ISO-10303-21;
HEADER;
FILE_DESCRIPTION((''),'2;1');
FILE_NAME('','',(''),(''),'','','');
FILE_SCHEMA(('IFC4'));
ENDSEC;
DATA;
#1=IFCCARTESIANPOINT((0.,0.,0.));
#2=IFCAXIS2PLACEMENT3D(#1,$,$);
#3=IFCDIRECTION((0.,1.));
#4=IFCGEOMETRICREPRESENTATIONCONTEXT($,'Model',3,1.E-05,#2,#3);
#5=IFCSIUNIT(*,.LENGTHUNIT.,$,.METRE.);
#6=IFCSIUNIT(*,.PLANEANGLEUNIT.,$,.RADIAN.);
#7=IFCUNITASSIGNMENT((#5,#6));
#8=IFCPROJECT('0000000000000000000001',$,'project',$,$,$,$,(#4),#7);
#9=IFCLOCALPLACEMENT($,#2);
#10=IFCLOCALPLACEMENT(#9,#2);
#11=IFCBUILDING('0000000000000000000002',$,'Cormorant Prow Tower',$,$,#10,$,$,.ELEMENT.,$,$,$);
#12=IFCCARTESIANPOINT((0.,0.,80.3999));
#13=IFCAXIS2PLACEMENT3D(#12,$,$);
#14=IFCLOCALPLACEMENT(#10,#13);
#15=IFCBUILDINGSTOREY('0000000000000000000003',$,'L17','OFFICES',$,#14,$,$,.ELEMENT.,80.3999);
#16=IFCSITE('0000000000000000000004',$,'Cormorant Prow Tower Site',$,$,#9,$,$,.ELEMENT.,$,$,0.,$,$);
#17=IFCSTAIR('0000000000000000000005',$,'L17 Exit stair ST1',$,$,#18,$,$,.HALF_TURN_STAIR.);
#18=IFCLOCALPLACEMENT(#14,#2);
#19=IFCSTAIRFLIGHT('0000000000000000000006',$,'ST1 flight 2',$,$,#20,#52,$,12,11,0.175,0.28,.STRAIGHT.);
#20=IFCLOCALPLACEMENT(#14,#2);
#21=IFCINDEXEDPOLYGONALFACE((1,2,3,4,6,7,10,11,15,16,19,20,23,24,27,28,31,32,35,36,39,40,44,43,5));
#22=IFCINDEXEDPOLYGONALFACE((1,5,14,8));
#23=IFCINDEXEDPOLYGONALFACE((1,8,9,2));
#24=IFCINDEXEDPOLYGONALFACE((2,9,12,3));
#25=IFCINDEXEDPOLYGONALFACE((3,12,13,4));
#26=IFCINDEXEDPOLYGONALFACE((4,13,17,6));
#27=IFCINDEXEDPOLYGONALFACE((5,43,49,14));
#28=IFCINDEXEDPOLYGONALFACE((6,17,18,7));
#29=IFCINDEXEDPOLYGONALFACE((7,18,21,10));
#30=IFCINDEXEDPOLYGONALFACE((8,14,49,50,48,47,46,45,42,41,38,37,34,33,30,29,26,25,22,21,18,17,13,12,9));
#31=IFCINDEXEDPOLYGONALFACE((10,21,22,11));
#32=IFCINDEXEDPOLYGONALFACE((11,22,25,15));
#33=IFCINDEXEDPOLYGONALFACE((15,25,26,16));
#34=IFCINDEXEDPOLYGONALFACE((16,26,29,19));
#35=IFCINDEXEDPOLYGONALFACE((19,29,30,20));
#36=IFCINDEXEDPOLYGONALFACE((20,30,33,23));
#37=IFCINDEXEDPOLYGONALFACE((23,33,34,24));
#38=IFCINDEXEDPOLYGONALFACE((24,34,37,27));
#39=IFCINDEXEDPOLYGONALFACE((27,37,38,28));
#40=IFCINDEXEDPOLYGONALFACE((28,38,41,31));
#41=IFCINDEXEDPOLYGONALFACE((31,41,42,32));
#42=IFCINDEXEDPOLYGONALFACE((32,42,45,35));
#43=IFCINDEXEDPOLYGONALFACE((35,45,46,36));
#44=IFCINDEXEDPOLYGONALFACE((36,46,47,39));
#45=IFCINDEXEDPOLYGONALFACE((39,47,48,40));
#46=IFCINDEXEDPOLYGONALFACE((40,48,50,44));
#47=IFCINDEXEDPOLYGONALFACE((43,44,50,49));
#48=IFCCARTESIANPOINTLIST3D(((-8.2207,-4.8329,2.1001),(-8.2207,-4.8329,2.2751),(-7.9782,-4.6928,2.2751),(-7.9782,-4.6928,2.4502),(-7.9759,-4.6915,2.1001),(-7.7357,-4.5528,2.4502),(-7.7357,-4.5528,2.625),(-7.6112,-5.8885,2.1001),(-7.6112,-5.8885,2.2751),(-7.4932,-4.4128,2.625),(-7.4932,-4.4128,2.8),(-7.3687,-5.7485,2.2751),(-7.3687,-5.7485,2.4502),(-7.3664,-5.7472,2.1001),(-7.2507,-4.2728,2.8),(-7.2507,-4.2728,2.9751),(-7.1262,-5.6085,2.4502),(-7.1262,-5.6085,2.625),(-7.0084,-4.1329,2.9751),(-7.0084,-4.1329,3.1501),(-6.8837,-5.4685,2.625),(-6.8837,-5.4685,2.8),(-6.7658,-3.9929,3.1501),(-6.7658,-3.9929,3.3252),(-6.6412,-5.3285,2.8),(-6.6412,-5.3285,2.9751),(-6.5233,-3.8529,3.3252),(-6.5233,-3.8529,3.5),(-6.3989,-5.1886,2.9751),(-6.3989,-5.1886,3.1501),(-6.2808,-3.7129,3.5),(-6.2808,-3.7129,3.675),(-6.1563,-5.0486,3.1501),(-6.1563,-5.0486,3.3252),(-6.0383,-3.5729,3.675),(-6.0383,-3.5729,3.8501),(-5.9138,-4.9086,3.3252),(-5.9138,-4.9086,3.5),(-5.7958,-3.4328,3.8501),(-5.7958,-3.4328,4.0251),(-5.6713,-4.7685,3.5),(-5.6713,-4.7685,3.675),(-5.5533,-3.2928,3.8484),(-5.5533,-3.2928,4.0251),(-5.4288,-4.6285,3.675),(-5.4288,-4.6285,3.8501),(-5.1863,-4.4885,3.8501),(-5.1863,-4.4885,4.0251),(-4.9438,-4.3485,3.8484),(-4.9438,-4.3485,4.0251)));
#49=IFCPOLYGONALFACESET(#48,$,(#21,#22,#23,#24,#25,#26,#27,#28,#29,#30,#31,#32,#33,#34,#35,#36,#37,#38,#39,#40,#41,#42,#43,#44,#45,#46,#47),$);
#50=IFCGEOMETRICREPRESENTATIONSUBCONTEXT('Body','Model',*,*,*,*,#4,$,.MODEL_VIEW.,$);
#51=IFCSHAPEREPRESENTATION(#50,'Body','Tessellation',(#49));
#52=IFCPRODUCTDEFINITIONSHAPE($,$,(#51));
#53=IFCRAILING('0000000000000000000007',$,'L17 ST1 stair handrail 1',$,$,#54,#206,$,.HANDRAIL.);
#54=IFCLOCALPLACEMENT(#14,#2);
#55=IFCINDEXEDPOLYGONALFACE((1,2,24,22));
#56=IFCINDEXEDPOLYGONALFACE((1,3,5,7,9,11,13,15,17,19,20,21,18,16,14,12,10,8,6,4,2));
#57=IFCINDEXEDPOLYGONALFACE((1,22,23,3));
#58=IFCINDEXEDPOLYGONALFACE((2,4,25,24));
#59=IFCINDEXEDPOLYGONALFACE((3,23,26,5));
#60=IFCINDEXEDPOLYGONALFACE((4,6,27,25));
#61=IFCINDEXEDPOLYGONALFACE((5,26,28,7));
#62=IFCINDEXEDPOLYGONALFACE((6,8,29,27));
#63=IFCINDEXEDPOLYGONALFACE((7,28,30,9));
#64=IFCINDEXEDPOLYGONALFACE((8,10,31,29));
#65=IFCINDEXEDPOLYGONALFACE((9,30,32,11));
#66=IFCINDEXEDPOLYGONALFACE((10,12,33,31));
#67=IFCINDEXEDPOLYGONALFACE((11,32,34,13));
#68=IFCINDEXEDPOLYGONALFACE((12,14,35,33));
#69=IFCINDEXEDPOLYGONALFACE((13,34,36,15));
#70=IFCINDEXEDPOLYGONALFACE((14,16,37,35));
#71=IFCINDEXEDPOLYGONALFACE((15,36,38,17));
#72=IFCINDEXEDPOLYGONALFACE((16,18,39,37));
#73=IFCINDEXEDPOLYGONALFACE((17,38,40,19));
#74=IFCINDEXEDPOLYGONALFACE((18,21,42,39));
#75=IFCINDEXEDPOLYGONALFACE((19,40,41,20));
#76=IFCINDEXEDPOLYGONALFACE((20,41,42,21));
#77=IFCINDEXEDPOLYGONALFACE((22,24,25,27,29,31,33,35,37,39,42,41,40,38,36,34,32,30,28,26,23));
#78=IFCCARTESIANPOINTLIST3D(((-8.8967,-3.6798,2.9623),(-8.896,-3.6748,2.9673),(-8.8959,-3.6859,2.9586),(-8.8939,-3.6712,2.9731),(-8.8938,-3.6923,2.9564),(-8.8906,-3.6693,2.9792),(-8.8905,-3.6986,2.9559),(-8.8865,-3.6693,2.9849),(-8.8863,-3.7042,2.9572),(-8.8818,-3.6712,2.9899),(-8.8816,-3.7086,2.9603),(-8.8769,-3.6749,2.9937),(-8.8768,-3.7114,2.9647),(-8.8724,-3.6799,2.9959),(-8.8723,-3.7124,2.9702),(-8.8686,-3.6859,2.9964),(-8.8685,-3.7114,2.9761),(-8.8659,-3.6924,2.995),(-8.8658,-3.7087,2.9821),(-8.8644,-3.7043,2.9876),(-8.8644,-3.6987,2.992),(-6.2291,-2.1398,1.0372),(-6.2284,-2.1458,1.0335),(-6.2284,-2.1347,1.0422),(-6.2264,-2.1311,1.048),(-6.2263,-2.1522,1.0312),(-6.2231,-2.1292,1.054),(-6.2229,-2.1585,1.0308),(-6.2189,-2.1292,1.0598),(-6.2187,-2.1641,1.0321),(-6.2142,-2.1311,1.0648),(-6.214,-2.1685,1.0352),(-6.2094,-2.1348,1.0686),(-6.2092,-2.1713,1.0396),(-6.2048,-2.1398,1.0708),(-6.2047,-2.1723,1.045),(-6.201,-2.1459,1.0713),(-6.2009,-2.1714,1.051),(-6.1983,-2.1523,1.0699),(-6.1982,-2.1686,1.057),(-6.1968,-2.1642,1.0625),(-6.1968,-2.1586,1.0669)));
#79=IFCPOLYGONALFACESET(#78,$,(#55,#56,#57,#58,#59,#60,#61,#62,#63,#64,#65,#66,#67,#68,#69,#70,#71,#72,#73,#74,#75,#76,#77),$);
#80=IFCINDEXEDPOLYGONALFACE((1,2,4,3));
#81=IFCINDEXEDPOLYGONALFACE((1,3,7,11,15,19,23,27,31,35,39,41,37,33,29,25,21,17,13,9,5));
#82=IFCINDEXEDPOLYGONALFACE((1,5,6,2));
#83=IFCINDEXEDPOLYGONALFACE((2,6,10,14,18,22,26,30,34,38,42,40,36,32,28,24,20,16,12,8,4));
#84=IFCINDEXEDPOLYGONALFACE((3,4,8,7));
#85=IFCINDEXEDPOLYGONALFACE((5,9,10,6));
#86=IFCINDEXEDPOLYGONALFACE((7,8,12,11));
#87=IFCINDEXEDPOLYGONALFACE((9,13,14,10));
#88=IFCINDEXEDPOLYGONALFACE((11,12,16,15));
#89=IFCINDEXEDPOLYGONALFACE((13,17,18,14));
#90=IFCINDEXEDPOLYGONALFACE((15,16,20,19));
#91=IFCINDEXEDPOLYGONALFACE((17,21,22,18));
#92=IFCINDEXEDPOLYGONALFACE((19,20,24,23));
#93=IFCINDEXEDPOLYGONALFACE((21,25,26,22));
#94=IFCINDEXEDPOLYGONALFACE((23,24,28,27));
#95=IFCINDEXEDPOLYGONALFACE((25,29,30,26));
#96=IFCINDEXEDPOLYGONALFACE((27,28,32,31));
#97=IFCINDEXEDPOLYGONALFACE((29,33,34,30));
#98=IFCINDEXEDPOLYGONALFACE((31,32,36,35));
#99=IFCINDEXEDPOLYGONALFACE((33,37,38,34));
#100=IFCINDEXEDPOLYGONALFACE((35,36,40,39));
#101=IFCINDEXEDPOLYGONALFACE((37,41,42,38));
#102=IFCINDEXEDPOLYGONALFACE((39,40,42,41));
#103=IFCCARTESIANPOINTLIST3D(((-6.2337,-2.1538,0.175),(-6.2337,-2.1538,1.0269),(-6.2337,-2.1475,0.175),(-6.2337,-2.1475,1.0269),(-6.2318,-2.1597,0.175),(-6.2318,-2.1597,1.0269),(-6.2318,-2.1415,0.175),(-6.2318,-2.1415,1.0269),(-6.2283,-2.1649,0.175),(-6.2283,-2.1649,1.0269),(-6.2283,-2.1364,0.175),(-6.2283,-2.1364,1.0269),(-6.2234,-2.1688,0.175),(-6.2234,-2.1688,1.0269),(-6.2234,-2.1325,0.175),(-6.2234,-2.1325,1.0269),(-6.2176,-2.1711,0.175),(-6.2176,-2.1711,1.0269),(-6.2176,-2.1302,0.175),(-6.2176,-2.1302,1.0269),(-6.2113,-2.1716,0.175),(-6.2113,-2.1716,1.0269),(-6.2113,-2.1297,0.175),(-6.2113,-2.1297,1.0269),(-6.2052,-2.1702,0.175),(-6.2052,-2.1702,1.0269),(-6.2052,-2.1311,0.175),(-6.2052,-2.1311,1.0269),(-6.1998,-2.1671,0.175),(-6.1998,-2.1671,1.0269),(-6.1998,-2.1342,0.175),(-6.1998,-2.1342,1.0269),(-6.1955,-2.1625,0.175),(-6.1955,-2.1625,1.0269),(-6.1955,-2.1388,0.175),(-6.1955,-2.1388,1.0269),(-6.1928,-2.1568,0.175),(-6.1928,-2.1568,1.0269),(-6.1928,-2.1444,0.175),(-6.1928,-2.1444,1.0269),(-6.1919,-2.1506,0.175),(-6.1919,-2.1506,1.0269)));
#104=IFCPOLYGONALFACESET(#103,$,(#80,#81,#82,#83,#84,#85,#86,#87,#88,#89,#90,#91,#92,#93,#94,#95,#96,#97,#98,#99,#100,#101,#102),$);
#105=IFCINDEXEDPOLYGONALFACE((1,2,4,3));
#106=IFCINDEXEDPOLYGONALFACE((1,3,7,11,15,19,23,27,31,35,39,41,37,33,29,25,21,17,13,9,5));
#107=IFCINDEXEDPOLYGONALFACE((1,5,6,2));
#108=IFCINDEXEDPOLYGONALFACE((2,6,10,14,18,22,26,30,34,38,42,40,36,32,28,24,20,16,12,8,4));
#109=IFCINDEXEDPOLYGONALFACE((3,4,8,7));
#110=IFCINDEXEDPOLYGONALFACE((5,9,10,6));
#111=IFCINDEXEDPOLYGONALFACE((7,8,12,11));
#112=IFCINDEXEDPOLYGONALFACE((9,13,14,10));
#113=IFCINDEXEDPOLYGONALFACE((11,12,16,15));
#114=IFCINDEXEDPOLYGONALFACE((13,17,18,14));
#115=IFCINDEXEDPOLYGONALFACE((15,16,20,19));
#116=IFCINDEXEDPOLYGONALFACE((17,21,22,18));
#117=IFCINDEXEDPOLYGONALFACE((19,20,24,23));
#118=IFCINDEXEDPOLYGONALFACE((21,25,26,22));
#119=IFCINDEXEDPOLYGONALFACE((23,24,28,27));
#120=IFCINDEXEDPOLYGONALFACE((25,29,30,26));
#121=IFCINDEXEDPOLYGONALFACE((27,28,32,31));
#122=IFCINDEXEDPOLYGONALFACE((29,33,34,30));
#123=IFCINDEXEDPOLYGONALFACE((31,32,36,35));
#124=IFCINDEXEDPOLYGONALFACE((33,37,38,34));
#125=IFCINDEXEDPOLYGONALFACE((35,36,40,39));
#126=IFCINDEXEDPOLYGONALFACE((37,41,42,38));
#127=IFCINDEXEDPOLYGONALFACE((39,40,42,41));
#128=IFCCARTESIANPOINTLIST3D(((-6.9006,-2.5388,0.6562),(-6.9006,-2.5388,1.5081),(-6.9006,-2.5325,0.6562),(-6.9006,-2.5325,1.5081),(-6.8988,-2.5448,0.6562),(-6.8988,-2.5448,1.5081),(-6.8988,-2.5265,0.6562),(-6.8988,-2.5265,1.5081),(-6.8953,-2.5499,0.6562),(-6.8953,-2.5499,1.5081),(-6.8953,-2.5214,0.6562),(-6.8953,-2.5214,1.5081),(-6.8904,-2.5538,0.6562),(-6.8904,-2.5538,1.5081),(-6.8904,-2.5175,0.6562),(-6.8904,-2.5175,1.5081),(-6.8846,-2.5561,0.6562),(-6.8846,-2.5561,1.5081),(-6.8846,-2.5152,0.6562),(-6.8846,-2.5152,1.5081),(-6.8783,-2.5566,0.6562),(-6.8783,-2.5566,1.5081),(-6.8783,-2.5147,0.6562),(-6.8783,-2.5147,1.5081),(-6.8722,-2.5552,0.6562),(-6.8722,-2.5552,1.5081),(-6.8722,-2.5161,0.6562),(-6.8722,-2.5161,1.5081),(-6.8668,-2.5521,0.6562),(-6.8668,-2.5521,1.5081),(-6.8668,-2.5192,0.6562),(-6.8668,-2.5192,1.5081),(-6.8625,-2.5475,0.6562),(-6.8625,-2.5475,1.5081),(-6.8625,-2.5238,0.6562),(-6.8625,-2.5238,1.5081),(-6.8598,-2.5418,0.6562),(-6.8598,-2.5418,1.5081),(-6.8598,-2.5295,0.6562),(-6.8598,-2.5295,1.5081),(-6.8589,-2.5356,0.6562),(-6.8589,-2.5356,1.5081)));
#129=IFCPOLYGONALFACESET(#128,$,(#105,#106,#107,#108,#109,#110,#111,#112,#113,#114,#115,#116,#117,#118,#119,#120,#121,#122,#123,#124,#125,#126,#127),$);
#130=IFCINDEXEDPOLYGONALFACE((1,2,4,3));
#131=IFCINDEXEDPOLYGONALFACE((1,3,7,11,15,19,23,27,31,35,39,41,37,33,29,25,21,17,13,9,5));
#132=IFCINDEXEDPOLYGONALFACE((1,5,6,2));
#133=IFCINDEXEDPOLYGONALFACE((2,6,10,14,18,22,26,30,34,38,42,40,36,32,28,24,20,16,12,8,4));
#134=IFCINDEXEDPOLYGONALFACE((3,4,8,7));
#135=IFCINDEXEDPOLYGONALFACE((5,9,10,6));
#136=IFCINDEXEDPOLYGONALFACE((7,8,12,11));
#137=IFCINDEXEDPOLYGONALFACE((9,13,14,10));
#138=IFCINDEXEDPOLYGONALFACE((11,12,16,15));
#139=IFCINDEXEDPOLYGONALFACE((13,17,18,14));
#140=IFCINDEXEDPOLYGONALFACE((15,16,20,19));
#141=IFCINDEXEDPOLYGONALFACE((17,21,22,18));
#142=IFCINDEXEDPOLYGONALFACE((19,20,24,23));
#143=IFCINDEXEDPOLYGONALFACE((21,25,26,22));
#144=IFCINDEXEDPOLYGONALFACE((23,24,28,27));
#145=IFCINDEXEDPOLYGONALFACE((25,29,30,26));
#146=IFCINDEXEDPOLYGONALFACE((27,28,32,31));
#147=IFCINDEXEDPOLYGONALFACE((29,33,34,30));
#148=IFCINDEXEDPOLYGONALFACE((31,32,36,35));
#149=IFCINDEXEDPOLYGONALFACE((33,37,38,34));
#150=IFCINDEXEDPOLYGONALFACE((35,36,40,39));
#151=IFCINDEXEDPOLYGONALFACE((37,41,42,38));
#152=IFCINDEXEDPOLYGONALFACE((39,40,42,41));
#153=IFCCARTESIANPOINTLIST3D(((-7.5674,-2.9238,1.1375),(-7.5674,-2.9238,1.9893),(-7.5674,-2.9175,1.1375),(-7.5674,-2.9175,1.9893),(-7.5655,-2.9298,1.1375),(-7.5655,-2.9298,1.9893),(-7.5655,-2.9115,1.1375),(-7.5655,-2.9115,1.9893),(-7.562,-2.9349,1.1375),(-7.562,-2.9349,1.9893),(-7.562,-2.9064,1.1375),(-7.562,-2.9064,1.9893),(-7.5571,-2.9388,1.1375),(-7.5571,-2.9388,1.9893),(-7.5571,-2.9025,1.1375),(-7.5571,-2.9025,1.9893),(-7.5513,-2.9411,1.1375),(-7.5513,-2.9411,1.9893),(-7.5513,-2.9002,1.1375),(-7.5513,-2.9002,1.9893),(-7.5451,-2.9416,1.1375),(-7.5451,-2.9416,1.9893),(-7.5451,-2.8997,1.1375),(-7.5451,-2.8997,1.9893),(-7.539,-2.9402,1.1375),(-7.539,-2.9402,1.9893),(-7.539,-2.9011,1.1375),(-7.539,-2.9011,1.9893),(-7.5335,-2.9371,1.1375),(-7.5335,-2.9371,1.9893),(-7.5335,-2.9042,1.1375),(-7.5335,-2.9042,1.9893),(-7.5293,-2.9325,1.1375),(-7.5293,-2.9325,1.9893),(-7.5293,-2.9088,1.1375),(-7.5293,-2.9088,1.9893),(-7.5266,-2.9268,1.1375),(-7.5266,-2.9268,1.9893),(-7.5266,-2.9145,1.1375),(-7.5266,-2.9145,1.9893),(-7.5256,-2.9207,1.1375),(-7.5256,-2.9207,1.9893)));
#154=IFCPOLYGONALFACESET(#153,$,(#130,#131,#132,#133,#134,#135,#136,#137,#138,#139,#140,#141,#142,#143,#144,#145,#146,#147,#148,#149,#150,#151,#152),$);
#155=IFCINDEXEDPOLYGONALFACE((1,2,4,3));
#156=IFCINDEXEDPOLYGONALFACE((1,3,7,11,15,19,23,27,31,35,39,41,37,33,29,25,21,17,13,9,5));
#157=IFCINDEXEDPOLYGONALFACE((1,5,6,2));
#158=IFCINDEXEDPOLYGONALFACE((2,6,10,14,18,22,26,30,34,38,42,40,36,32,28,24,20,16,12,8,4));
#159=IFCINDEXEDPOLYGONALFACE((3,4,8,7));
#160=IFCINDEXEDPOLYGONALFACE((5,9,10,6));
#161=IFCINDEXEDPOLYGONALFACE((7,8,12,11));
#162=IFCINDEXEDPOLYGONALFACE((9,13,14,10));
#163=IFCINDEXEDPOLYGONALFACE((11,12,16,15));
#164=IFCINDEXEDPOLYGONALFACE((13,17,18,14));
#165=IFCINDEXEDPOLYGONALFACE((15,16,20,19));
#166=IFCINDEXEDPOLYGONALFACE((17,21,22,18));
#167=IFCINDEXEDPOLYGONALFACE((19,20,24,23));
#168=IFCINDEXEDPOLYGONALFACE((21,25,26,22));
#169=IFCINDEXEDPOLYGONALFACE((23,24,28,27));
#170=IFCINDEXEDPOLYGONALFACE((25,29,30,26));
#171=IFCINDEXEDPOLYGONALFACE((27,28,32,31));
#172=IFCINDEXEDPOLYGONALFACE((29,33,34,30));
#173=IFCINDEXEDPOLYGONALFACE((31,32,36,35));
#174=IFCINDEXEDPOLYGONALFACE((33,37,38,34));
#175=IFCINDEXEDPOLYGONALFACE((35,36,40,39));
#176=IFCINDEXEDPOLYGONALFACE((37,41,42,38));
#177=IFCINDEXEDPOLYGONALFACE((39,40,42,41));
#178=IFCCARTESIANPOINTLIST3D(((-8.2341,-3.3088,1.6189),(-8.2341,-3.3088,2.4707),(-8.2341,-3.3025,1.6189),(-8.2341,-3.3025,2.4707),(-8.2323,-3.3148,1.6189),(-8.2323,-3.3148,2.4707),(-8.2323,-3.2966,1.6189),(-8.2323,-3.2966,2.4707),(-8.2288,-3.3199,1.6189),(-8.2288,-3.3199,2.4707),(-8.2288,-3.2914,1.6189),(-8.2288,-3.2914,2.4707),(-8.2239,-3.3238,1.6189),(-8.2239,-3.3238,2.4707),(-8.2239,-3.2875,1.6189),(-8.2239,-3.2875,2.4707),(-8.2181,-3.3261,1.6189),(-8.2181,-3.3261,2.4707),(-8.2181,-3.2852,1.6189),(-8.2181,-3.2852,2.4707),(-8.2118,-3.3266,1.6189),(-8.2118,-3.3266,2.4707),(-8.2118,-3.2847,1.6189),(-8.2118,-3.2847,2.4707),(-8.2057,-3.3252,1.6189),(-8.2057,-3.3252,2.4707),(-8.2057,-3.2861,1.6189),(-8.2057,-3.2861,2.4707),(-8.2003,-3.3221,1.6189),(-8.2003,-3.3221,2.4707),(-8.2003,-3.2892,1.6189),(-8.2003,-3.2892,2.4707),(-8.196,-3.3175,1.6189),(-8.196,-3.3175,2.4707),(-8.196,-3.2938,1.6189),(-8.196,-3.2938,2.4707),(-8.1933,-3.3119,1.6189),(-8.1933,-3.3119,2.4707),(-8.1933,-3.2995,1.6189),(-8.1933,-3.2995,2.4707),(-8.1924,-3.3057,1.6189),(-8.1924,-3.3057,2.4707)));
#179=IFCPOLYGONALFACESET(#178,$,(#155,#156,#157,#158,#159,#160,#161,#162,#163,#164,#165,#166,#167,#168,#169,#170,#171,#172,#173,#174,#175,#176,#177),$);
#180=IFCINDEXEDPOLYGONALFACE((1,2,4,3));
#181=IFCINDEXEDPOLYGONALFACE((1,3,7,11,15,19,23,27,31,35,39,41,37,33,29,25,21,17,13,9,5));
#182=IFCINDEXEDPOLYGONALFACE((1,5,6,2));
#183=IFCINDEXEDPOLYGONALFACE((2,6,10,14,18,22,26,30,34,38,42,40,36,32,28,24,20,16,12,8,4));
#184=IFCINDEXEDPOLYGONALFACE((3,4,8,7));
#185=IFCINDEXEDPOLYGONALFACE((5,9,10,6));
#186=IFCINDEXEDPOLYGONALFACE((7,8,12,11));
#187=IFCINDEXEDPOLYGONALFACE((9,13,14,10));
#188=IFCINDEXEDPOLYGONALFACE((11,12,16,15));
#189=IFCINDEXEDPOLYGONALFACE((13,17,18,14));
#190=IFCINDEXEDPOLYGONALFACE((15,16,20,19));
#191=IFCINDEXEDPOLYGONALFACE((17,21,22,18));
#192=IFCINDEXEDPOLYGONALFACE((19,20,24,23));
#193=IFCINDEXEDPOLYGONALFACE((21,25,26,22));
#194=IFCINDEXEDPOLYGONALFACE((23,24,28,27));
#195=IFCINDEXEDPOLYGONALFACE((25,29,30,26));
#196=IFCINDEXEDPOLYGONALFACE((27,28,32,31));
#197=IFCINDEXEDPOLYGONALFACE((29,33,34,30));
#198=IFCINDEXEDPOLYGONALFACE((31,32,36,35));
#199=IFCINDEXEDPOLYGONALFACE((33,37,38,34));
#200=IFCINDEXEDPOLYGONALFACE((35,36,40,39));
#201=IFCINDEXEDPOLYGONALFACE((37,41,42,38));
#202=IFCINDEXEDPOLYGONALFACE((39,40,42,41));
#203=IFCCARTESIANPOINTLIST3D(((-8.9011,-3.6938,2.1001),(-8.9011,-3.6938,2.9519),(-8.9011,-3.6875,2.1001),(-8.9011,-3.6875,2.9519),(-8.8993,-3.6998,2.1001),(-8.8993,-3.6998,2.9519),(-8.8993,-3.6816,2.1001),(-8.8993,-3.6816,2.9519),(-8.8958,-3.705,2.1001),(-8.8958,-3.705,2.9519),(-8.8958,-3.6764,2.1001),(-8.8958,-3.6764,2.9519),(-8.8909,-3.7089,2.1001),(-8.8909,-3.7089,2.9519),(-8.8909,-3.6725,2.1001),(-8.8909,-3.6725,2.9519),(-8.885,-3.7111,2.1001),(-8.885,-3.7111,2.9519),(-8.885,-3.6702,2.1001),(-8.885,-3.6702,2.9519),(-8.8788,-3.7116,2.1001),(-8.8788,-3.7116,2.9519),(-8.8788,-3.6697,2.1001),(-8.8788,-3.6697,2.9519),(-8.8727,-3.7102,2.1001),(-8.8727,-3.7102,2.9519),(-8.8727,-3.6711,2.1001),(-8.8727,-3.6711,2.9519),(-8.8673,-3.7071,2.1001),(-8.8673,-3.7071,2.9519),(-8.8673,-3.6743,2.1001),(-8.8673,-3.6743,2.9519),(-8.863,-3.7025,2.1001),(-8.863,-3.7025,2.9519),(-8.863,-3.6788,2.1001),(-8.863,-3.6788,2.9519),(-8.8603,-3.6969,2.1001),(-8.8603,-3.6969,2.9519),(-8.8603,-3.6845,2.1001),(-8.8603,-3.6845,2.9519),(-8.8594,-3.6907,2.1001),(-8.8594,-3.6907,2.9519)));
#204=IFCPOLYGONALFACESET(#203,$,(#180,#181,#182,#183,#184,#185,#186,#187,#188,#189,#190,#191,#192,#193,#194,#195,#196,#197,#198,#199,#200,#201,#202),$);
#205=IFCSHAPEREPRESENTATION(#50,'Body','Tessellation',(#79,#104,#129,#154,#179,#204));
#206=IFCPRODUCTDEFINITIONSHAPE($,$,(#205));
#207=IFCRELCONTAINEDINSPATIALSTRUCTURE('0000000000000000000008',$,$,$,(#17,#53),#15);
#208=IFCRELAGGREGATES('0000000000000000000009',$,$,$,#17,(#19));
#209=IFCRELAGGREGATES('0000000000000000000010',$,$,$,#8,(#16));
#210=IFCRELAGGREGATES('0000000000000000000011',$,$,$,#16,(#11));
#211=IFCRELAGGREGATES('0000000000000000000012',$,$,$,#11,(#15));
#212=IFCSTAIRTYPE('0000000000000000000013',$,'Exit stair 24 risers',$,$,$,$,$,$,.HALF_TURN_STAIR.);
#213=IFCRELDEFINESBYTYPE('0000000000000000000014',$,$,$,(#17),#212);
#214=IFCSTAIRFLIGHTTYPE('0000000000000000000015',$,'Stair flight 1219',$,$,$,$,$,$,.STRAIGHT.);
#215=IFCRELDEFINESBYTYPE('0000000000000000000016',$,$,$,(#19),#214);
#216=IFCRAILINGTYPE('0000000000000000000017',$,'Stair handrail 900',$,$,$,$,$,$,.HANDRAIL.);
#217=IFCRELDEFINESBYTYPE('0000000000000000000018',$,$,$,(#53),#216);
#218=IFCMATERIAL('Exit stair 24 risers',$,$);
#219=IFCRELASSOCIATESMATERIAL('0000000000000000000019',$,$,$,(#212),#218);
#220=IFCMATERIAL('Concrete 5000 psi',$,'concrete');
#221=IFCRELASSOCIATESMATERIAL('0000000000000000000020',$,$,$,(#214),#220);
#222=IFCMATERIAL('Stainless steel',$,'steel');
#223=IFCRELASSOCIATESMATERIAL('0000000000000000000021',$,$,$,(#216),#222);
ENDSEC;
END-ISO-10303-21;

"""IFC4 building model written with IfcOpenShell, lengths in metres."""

from ifc_helpers import new_model, si_unit, direction, frame, origin, origin_2d, place, context, subcontext, project, spatial, polyline, circle, outline, extrude, material, type_object, element, aggregate, save


model = new_model("IFC4")

# Units and contexts
model_context = context("Model", 3, precision=1e-05, world=origin(), true_north=direction((0.0, 1.0)))
body_context = subcontext(model_context, "Body", "Model", "MODEL_VIEW")
ifc_project = project(units=[si_unit("LENGTHUNIT", "METRE"), si_unit("PLANEANGLEUNIT", "RADIAN")], contexts=[model_context])

# Site, building, storey
site_placement = place(None, origin())
site = spatial("IfcSite", under=ifc_project, at=site_placement, Name="Cormorant Prow Tower Site", CompositionType="ELEMENT", RefElevation=0.0)
building_placement = place(site_placement, origin())
building = spatial("IfcBuilding", under=site, at=building_placement, Name="Cormorant Prow Tower", CompositionType="ELEMENT")
storey_placement = place(building_placement, frame((0.0, 0.0, 80.3999)))
storey = spatial("IfcBuildingStorey", under=building, at=storey_placement, Name="L17", Description="OFFICES", CompositionType="ELEMENT", Elevation=80.3999)

# Stair, stair flight
ifc_material_1 = material(Name="Exit stair 24 risers")
stair_type = type_object("IfcStairType", Name="Exit stair 24 risers", PredefinedType="HALF_TURN_STAIR", material=ifc_material_1)
stair_placement = place(storey_placement, origin())
stair = element("IfcStair", 1, at=stair_placement, inside=storey, type_object=stair_type, Name="L17 Exit stair ST1", PredefinedType="HALF_TURN_STAIR")
ifc_material_2 = material(Name="Concrete 5000 psi", Category="concrete")
stair_flight_type = type_object("IfcStairFlightType", Name="Stair flight 1219", PredefinedType="STRAIGHT", material=ifc_material_2)
stair_flight_1_placement = place(storey_placement, frame((-7.916, -5.3606, 2.1001), z_axis=(0.0, 0.0, 1.0), x_axis=(0.866025, 0.5, 0.0)))
stair_flight_1 = element("IfcStairFlight", 2, at=stair_flight_1_placement, type_object=stair_flight_type, Name="ST1 flight 2", NumberOfRisers=12, NumberOfTreads=11, PredefinedType="STRAIGHT", RiserHeight=0.175, TreadLength=0.28, context=body_context, shape_type="SweptSolid", body=[
    extrude(outline(polyline([(0.0, 0.0), (0.0, 0.175), (0.28, 0.175), (0.28, 0.3501), (0.5601, 0.3501), (0.5601, 0.5249), (0.8401, 0.5249), (0.8401, 0.7), (1.1201, 0.7), (1.1201, 0.875), (1.3999, 0.875), (1.3999, 1.05), (1.6799, 1.05), (1.6799, 1.2251), (1.96, 1.2251), (1.96, 1.3999), (2.24, 1.3999), (2.24, 1.575), (2.52, 1.575), (2.52, 1.75), (2.8, 1.75), (2.8, 1.925), (3.0801, 1.925), (3.0801, 2.1001), (3.0801, 1.7483), (0.2827, 0.0), (0.0, 0.0)])), frame((0.0, 0.6094, 0.0), z_axis=(0.0, -1.0, 0.0), x_axis=(1.0, 0.0, 0.0)), (0.0, 0.0, 1.0), 1.219),
])
aggregate(stair, [stair_flight_1])

# Railing
ifc_material_3 = material(Name="Stainless steel", Category="steel")
railing_type_1 = type_object("IfcRailingType", Name="Stair handrail 900", PredefinedType="HANDRAIL", material=ifc_material_3)
railing_1_placement = place(storey_placement, frame((-6.2129, -2.1506, 0.175)))
element("IfcRailing", 3, at=railing_1_placement, inside=storey, type_object=railing_type_1, Name="L17 ST1 stair handrail 1", PredefinedType="HANDRAIL", context=body_context, shape_type="SweptSolid", body=[
    extrude(circle(Radius=0.0239, at=origin_2d()), frame((0.0, 0.0, 0.876), z_axis=(-0.734395, -0.423994, 0.529993), x_axis=(0.499992, -0.86603, 0.0)), (0.0, 0.0, 1.0), 3.6323),
    extrude(circle(Radius=0.021, at=origin_2d()), origin(), (0.0, 0.0, 1.0), 0.8518),
    extrude(circle(Radius=0.021, at=origin_2d()), frame((-0.667, -0.385, 0.4812)), (0.0, 0.0, 1.0), 0.8518),
    extrude(circle(Radius=0.021, at=origin_2d()), frame((-1.3337, -0.77, 0.9624)), (0.0, 0.0, 1.0), 0.8518),
    extrude(circle(Radius=0.021, at=origin_2d()), frame((-2.0005, -1.155, 1.4438)), (0.0, 0.0, 1.0), 0.8518),
    extrude(circle(Radius=0.021, at=origin_2d()), frame((-2.6675, -1.54, 1.925)), (0.0, 0.0, 1.0), 0.8518),
])

save(model, "model.ifc")
